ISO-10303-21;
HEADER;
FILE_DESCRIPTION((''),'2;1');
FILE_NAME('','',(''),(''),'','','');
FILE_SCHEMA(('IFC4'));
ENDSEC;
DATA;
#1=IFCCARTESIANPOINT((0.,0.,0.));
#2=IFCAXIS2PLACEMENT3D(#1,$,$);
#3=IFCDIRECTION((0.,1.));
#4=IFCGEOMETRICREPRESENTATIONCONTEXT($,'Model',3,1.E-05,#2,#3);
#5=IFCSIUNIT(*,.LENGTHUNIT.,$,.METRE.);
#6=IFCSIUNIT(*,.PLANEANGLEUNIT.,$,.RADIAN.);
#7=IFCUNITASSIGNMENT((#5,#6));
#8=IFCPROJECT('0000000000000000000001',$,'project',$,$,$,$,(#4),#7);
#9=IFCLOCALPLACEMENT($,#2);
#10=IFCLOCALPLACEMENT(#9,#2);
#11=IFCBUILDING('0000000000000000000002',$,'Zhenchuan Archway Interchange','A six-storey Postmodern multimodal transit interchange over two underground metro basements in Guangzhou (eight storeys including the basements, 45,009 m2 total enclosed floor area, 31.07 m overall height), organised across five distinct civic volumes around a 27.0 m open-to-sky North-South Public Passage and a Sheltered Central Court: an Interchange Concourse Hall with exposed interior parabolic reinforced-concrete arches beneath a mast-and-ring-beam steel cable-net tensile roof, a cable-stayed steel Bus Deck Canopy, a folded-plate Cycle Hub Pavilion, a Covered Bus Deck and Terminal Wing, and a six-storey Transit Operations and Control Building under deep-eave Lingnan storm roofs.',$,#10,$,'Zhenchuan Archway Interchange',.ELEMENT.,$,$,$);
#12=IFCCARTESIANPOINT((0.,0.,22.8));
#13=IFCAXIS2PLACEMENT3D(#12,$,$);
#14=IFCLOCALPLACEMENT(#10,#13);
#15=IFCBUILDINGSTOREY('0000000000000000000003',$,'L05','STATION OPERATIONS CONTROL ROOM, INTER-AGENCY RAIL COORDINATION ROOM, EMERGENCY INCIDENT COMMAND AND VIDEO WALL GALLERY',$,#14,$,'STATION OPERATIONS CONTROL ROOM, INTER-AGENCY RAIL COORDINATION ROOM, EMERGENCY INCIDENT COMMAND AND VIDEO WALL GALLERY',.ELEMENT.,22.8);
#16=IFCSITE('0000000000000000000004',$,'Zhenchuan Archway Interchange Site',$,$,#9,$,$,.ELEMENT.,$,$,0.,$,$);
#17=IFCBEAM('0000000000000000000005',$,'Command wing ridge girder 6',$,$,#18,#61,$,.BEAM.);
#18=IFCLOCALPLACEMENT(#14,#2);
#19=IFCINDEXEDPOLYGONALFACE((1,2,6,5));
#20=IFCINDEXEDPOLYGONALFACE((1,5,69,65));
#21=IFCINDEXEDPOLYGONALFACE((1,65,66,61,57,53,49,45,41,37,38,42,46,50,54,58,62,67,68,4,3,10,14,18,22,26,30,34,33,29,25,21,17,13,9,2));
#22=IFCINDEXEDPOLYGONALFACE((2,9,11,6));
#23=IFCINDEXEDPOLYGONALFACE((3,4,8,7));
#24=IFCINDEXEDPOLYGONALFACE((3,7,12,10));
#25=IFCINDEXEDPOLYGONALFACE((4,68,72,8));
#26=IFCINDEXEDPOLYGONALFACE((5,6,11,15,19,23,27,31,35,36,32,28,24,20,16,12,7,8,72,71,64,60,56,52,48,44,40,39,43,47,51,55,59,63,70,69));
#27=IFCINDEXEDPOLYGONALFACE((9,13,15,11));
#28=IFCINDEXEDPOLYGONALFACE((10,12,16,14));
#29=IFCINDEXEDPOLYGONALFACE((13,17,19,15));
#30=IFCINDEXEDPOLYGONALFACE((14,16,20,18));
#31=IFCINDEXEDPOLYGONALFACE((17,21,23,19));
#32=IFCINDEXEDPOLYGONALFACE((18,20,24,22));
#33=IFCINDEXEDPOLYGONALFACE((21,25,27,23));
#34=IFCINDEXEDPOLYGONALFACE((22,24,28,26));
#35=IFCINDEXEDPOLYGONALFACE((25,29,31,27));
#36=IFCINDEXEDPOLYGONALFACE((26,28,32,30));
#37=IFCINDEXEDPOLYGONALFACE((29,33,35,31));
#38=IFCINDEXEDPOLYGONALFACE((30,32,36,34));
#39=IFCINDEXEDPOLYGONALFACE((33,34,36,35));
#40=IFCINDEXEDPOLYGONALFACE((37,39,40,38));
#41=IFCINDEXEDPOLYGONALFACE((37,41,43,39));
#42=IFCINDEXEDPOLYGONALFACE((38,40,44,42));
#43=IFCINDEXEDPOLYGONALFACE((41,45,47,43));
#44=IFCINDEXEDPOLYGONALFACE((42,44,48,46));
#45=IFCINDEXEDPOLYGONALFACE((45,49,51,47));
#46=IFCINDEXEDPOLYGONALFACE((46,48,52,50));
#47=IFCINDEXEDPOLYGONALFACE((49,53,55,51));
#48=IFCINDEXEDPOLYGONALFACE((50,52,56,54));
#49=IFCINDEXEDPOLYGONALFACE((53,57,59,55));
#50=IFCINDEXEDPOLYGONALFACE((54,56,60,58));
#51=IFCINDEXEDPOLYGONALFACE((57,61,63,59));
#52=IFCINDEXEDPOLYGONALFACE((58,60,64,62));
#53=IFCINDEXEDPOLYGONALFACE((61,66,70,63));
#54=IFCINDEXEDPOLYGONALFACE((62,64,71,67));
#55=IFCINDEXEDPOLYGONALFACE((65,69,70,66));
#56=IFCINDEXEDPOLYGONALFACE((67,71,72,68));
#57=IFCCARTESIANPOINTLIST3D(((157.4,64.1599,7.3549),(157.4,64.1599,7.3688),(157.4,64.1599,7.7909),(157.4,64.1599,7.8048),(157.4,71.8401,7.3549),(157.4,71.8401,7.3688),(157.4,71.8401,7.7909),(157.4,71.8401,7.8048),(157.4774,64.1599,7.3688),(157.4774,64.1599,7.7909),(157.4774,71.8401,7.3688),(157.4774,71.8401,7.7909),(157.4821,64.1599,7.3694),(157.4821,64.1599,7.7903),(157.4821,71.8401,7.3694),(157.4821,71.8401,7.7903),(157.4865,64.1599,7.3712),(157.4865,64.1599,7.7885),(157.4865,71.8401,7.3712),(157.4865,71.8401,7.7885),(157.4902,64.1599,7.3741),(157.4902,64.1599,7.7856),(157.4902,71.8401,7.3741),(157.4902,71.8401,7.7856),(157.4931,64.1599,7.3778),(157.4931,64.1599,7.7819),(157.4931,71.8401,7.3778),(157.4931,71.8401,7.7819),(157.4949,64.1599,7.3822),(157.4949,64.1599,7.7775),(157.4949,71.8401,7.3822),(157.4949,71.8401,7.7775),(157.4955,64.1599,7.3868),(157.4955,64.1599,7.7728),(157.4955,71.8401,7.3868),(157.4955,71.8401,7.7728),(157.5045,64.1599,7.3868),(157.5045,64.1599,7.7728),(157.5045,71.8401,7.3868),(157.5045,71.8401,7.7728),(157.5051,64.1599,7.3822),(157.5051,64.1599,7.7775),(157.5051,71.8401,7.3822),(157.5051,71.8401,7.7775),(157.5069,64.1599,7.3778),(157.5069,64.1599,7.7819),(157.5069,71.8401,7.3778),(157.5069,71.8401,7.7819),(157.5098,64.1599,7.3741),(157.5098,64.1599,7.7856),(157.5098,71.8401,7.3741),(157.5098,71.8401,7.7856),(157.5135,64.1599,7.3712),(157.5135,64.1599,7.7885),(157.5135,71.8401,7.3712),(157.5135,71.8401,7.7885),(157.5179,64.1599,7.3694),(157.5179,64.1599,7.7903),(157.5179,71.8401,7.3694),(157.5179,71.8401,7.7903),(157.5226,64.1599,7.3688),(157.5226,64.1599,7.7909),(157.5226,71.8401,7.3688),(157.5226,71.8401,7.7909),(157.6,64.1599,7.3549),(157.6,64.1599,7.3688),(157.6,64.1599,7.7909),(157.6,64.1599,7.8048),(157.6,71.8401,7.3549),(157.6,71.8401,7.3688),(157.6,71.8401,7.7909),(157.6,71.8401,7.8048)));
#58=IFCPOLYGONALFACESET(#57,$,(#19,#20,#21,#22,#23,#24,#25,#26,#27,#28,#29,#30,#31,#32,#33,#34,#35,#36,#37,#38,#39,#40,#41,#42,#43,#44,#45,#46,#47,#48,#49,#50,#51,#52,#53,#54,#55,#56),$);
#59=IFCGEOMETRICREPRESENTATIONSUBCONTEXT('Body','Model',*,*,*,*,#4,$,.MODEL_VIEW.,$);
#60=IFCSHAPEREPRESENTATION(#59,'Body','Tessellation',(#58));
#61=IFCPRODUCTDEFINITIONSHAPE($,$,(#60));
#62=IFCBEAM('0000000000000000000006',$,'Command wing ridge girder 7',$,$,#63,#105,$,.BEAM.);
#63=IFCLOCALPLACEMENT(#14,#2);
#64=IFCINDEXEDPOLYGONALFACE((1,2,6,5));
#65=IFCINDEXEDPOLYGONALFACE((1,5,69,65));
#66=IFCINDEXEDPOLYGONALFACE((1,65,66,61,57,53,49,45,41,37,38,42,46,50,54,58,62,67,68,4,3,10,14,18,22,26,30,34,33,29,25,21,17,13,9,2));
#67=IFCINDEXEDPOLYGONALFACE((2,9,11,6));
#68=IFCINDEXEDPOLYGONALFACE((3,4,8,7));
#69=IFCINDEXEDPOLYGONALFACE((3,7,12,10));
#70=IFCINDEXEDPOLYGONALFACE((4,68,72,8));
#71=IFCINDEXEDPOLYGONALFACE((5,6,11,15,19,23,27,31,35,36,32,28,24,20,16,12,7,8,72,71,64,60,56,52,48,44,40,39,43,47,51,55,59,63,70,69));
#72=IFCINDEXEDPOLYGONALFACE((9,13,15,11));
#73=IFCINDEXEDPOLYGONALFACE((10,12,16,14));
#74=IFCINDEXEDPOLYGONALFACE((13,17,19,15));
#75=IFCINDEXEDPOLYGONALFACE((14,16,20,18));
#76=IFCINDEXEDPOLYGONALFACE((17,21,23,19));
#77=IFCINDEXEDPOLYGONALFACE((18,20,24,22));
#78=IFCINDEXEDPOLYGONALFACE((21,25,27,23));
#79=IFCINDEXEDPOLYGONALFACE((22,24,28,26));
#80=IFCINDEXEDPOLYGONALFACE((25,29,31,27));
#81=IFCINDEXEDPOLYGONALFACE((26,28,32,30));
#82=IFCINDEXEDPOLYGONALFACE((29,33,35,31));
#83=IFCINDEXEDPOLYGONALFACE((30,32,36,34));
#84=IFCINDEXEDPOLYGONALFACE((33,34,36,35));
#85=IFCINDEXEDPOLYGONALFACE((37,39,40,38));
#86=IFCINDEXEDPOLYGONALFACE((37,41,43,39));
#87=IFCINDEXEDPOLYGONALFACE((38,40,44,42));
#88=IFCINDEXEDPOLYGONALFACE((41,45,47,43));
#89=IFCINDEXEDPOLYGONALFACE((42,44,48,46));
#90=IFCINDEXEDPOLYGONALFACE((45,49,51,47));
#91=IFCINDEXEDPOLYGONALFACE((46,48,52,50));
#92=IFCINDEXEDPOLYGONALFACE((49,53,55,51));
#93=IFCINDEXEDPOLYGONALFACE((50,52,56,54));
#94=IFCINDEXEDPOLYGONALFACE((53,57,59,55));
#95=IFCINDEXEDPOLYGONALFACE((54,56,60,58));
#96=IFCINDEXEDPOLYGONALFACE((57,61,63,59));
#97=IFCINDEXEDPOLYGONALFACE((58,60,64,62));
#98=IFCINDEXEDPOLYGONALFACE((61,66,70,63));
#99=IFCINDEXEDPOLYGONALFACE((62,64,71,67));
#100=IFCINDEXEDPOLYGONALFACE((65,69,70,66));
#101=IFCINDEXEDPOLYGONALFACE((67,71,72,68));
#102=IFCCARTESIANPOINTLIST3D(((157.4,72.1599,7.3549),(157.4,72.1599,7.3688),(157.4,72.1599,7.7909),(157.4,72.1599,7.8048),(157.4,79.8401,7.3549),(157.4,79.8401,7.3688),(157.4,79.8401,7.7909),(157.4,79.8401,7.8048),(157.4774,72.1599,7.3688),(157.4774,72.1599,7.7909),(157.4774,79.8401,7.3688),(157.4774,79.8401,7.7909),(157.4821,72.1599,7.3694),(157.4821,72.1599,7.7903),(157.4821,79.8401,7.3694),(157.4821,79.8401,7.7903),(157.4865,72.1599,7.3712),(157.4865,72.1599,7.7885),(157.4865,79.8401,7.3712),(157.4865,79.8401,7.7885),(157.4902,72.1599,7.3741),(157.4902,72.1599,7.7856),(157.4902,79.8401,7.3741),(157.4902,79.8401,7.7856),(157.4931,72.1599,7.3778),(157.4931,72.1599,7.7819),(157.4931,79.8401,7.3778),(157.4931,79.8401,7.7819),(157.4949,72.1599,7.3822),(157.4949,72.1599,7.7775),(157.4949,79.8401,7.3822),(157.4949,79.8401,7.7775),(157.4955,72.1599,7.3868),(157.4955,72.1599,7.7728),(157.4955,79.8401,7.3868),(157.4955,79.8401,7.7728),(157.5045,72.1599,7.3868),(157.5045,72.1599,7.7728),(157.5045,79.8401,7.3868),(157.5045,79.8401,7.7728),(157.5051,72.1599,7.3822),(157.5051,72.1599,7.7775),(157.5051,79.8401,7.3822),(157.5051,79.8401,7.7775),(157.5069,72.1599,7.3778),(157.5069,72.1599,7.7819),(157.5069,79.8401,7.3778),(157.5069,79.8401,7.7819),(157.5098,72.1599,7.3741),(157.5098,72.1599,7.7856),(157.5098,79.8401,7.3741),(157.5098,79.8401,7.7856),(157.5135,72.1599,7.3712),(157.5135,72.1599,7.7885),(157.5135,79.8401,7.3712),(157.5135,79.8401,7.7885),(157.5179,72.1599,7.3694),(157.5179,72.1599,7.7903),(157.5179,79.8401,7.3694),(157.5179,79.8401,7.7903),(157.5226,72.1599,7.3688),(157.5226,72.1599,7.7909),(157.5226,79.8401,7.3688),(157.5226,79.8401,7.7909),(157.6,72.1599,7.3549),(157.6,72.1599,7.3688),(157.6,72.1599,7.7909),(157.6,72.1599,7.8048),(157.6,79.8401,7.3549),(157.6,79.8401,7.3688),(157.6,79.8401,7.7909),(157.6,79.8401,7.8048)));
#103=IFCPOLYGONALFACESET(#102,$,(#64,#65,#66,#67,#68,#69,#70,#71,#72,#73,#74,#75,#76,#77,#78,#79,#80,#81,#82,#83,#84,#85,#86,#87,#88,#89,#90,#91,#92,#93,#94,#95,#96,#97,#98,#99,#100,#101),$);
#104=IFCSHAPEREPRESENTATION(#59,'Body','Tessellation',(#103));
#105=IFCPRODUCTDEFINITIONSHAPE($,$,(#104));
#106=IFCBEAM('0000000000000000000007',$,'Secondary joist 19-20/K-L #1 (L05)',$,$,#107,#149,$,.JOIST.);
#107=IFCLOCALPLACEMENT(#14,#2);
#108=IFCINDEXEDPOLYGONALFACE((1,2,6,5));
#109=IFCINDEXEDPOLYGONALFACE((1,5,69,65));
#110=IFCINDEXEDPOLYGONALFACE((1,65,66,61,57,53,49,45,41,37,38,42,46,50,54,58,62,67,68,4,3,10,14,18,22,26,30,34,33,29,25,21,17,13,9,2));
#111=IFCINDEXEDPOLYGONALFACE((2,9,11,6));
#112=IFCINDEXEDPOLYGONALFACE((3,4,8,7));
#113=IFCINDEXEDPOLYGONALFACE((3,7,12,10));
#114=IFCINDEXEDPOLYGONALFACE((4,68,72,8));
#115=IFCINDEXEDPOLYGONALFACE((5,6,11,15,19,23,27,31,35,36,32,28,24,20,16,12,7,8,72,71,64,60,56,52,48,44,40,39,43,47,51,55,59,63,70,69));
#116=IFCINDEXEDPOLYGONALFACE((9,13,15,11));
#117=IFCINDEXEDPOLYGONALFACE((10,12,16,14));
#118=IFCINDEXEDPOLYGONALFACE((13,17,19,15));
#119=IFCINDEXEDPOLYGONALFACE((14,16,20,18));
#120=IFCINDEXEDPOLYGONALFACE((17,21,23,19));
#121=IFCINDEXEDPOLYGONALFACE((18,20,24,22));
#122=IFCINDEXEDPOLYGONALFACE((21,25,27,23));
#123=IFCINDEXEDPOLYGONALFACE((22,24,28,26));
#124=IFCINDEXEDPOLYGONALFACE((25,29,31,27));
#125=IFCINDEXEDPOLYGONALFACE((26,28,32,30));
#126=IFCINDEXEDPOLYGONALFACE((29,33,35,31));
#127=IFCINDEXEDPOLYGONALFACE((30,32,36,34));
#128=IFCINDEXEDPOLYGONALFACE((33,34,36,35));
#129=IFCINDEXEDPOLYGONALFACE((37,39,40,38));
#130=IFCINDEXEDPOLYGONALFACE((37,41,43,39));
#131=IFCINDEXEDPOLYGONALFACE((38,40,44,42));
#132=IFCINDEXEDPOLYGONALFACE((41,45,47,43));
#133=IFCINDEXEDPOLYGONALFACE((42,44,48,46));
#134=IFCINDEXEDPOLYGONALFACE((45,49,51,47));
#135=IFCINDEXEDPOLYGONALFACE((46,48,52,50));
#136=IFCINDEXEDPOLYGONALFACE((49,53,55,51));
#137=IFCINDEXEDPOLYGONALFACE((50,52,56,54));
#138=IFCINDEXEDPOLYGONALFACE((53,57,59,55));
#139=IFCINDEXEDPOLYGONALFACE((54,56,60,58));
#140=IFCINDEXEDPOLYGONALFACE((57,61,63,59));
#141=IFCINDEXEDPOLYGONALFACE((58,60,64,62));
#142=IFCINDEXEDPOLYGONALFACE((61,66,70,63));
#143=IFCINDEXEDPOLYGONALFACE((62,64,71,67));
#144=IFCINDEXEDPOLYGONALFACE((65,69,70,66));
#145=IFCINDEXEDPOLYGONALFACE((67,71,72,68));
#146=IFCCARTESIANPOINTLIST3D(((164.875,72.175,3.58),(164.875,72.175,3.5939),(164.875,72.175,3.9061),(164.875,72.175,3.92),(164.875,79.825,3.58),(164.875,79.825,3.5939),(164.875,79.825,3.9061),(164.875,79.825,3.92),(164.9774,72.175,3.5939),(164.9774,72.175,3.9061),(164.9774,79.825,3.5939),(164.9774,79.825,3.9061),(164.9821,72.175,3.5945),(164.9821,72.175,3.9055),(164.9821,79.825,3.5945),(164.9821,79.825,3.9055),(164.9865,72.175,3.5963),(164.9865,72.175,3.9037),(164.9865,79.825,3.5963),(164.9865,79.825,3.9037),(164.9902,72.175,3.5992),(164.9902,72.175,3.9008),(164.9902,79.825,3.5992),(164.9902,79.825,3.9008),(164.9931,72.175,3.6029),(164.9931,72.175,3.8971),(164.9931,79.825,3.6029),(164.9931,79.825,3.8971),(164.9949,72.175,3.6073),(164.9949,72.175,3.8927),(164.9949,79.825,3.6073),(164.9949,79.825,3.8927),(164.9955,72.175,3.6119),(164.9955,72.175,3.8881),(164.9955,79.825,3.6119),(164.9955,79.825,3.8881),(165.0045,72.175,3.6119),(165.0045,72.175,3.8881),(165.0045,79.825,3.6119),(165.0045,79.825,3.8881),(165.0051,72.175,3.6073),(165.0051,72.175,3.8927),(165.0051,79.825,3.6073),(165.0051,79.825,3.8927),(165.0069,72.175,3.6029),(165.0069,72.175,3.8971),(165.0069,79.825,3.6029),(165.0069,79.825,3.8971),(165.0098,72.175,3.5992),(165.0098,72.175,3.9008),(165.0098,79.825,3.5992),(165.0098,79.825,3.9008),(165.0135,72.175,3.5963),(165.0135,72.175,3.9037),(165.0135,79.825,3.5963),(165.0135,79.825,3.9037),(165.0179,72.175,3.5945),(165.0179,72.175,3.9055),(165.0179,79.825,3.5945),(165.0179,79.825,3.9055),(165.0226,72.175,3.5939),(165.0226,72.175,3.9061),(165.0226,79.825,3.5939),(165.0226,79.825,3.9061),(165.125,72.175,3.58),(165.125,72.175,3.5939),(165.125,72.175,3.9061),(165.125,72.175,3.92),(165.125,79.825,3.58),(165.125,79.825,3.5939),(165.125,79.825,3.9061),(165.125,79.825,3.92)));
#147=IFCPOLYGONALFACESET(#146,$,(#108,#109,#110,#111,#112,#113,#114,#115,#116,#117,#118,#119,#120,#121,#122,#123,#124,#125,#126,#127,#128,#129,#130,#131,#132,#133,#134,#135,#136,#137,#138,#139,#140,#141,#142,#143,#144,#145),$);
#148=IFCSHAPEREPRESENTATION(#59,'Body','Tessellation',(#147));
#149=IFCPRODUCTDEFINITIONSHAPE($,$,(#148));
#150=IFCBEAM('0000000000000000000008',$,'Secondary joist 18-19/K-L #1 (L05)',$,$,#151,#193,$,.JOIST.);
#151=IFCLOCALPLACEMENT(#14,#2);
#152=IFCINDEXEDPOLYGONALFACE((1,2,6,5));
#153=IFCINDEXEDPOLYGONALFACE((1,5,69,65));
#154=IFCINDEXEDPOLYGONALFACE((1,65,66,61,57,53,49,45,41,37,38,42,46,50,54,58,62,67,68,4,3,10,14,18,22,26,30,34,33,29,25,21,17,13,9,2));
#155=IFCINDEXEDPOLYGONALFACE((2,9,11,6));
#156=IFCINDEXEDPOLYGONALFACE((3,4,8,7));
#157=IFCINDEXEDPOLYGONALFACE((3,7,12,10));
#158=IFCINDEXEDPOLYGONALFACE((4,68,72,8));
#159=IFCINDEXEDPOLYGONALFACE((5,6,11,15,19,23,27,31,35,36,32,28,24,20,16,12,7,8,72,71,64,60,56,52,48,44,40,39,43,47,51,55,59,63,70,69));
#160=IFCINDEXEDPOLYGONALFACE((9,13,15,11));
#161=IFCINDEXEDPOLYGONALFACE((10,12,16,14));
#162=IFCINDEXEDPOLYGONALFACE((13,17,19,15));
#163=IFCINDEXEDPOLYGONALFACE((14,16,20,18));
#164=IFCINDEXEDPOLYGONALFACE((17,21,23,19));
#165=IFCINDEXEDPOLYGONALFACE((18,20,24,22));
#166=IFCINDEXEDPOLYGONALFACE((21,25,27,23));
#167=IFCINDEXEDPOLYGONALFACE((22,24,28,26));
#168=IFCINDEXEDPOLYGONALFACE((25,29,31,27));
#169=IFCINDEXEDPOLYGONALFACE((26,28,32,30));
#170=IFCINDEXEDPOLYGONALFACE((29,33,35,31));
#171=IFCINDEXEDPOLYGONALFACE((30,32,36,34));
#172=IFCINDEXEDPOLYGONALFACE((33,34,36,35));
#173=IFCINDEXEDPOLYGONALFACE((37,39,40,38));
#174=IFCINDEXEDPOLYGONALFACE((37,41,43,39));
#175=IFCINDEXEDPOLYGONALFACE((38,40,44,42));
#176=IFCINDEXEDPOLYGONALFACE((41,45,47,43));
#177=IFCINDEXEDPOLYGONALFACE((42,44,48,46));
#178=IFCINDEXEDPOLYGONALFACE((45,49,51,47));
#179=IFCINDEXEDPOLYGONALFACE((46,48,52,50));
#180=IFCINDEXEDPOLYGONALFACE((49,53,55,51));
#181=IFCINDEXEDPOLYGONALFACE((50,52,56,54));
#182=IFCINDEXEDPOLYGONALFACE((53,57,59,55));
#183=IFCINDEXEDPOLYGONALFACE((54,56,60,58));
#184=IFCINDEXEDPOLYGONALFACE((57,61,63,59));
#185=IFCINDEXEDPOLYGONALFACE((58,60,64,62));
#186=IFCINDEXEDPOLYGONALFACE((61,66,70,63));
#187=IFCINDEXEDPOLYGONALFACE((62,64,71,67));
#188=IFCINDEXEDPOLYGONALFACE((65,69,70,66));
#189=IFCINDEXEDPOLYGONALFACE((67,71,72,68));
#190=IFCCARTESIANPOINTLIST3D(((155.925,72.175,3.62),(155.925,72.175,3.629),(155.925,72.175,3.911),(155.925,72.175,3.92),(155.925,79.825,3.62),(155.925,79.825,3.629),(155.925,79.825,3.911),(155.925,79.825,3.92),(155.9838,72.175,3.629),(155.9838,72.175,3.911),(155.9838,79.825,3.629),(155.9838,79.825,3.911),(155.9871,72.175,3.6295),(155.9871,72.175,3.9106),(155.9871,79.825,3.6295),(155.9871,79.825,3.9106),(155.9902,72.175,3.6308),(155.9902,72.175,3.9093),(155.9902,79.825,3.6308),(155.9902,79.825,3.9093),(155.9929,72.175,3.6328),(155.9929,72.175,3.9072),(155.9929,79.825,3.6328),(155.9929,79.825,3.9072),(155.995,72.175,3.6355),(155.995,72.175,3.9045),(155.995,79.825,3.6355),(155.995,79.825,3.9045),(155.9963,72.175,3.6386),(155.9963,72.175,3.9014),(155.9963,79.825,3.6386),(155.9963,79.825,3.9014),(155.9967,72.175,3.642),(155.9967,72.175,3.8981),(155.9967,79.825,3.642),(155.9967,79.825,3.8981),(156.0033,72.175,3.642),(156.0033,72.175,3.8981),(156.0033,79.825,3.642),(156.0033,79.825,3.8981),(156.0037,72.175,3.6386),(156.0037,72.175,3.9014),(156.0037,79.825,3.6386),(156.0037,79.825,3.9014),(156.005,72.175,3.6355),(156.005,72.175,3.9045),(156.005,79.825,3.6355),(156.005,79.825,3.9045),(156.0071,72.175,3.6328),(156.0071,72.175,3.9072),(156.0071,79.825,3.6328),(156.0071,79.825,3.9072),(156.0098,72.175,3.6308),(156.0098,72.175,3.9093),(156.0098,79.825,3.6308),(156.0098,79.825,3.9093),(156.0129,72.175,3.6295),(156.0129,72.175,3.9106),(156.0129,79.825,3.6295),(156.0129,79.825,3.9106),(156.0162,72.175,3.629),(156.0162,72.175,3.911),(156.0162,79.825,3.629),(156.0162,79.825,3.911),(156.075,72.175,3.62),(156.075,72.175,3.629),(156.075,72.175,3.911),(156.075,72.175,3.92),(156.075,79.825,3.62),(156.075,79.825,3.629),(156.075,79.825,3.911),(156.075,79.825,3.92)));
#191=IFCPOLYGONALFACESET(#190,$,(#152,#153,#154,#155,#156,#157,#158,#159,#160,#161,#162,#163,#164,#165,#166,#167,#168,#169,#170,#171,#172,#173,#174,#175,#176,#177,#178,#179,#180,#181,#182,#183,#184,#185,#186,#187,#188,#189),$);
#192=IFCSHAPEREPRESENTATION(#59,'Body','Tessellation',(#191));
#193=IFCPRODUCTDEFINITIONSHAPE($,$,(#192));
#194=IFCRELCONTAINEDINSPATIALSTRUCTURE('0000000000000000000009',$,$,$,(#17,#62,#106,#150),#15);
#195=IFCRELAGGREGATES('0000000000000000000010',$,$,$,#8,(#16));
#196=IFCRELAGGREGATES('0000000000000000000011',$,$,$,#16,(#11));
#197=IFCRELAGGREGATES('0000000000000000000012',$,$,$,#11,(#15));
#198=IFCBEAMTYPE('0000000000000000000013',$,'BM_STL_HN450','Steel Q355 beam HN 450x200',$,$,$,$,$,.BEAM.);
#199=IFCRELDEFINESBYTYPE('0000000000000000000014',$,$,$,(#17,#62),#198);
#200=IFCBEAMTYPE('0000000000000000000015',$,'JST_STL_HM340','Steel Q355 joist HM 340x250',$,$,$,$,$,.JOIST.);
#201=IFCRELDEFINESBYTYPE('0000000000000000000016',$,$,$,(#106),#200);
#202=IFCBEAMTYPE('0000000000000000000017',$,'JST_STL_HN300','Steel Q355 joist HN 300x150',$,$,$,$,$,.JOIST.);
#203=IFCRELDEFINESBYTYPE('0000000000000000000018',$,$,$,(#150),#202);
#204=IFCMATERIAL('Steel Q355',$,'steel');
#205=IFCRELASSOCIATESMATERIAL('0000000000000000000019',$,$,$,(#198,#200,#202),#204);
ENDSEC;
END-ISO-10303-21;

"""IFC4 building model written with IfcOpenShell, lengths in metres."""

from ifc_helpers import new_model, si_unit, direction, frame, origin, origin_2d, place, context, subcontext, project, spatial, i_section, extrude, material, material_profile, profile_set, type_object, element, save


model = new_model("IFC4")

# Units and contexts
model_context = context("Model", 3, precision=1e-05, world=origin(), true_north=direction((0.0, 1.0)))
body_context = subcontext(model_context, "Body", "Model", "MODEL_VIEW")
ifc_project = project(units=[si_unit("LENGTHUNIT", "METRE"), si_unit("PLANEANGLEUNIT", "RADIAN")], contexts=[model_context])

# Site, building, storey
site_placement = place(None, origin())
site = spatial("IfcSite", under=ifc_project, at=site_placement, Name="Zhenchuan Archway Interchange Site", CompositionType="ELEMENT", RefElevation=0.0)
building_placement = place(site_placement, origin())
building = spatial("IfcBuilding", under=site, at=building_placement, Name="Zhenchuan Archway Interchange", Description="A six-storey Postmodern multimodal transit interchange over two underground metro basements in Guangzhou (eight storeys including the basements, 45,009 m2 total enclosed floor area, 31.07 m overall height), organised across five distinct civic volumes around a 27.0 m open-to-sky North-South Public Passage and a Sheltered Central Court: an Interchange Concourse Hall with exposed interior parabolic reinforced-concrete arches beneath a mast-and-ring-beam steel cable-net tensile roof, a cable-stayed steel Bus Deck Canopy, a folded-plate Cycle Hub Pavilion, a Covered Bus Deck and Terminal Wing, and a six-storey Transit Operations and Control Building under deep-eave Lingnan storm roofs.", LongName="Zhenchuan Archway Interchange", CompositionType="ELEMENT")
storey_placement = place(building_placement, frame((0.0, 0.0, 22.8)))
storey = spatial("IfcBuildingStorey", under=building, at=storey_placement, Name="L05", Description="STATION OPERATIONS CONTROL ROOM, INTER-AGENCY RAIL COORDINATION ROOM, EMERGENCY INCIDENT COMMAND AND VIDEO WALL GALLERY", LongName="STATION OPERATIONS CONTROL ROOM, INTER-AGENCY RAIL COORDINATION ROOM, EMERGENCY INCIDENT COMMAND AND VIDEO WALL GALLERY", CompositionType="ELEMENT", Elevation=22.8)

# Beams
ifc_material_1 = material(Name="Steel Q355", Category="steel")
ifc_material_profile_1 = material_profile(ifc_material_1, i_section(OverallWidth=0.2, OverallDepth=0.45, WebThickness=0.009, FlangeThickness=0.0139, FilletRadius=0.0181, at=origin_2d()), Name="HN 450x200")
ifc_profile_set_1 = profile_set([ifc_material_profile_1], Name="Steel Q355")
beam_type_1 = type_object("IfcBeamType", Name="BM_STL_HN450", Description="Steel Q355 beam HN 450x200", PredefinedType="BEAM", material=ifc_profile_set_1)
for number, where, z_axis, x_axis, name in (
    (1, (157.5, 64.1599, 7.5798), (0.0, 1.0, 0.0), (-1.0, 0.0, 0.0), "Command wing ridge girder 6"),
    (2, (157.5, 72.1599, 7.5798), (0.0, 1.0, 0.0), (-1.0, 0.0, 0.0), "Command wing ridge girder 7"),
):
    element("IfcBeam", number, at=place(storey_placement, frame(where, z_axis=z_axis, x_axis=x_axis)), inside=storey, type_object=beam_type_1, Name=name, PredefinedType="BEAM", context=body_context, shape_type="SweptSolid", body=[
        extrude(i_section(OverallWidth=0.2, OverallDepth=0.45, WebThickness=0.009, FlangeThickness=0.0139, FilletRadius=0.0181, at=origin_2d()), origin(), (0.0, 0.0, 1.0), 7.6802),
    ])
ifc_material_profile_2 = material_profile(ifc_material_1, i_section(OverallWidth=0.25, OverallDepth=0.3401, WebThickness=0.009, FlangeThickness=0.0139, FilletRadius=0.0181, at=origin_2d()), Name="HM 340x250")
ifc_profile_set_2 = profile_set([ifc_material_profile_2], Name="Steel Q355")
beam_type_2 = type_object("IfcBeamType", Name="JST_STL_HM340", Description="Steel Q355 joist HM 340x250", PredefinedType="JOIST", material=ifc_profile_set_2)
beam_1_placement = place(storey_placement, frame((165.0, 72.175, 3.75), z_axis=(0.0, 1.0, 0.0), x_axis=(-1.0, 0.0, 0.0)))
element("IfcBeam", 3, at=beam_1_placement, inside=storey, type_object=beam_type_2, Name="Secondary joist 19-20/K-L #1 (L05)", PredefinedType="JOIST", context=body_context, shape_type="SweptSolid", body=[
    extrude(i_section(OverallWidth=0.25, OverallDepth=0.3401, WebThickness=0.009, FlangeThickness=0.0139, FilletRadius=0.0181, at=origin_2d()), origin(), (0.0, 0.0, 1.0), 7.6499),
])
ifc_material_profile_3 = material_profile(ifc_material_1, i_section(OverallWidth=0.1499, OverallDepth=0.3, WebThickness=0.0066, FlangeThickness=0.009, FilletRadius=0.0129, at=origin_2d()), Name="HN 300x150")
ifc_profile_set_3 = profile_set([ifc_material_profile_3], Name="Steel Q355")
beam_type_3 = type_object("IfcBeamType", Name="JST_STL_HN300", Description="Steel Q355 joist HN 300x150", PredefinedType="JOIST", material=ifc_profile_set_3)
for number, where, z_axis, x_axis, name in (
    (4, (156.0, 72.175, 3.77), (0.0, 1.0, 0.0), (-1.0, 0.0, 0.0), "Secondary joist 18-19/K-L #1 (L05)"),
):
    element("IfcBeam", number, at=place(storey_placement, frame(where, z_axis=z_axis, x_axis=x_axis)), inside=storey, type_object=beam_type_3, Name=name, PredefinedType="JOIST", context=body_context, shape_type="SweptSolid", body=[
        extrude(i_section(OverallWidth=0.1499, OverallDepth=0.3, WebThickness=0.0066, FlangeThickness=0.009, FilletRadius=0.0129, at=origin_2d()), origin(), (0.0, 0.0, 1.0), 7.6499),
    ])

save(model, "model.ifc")
